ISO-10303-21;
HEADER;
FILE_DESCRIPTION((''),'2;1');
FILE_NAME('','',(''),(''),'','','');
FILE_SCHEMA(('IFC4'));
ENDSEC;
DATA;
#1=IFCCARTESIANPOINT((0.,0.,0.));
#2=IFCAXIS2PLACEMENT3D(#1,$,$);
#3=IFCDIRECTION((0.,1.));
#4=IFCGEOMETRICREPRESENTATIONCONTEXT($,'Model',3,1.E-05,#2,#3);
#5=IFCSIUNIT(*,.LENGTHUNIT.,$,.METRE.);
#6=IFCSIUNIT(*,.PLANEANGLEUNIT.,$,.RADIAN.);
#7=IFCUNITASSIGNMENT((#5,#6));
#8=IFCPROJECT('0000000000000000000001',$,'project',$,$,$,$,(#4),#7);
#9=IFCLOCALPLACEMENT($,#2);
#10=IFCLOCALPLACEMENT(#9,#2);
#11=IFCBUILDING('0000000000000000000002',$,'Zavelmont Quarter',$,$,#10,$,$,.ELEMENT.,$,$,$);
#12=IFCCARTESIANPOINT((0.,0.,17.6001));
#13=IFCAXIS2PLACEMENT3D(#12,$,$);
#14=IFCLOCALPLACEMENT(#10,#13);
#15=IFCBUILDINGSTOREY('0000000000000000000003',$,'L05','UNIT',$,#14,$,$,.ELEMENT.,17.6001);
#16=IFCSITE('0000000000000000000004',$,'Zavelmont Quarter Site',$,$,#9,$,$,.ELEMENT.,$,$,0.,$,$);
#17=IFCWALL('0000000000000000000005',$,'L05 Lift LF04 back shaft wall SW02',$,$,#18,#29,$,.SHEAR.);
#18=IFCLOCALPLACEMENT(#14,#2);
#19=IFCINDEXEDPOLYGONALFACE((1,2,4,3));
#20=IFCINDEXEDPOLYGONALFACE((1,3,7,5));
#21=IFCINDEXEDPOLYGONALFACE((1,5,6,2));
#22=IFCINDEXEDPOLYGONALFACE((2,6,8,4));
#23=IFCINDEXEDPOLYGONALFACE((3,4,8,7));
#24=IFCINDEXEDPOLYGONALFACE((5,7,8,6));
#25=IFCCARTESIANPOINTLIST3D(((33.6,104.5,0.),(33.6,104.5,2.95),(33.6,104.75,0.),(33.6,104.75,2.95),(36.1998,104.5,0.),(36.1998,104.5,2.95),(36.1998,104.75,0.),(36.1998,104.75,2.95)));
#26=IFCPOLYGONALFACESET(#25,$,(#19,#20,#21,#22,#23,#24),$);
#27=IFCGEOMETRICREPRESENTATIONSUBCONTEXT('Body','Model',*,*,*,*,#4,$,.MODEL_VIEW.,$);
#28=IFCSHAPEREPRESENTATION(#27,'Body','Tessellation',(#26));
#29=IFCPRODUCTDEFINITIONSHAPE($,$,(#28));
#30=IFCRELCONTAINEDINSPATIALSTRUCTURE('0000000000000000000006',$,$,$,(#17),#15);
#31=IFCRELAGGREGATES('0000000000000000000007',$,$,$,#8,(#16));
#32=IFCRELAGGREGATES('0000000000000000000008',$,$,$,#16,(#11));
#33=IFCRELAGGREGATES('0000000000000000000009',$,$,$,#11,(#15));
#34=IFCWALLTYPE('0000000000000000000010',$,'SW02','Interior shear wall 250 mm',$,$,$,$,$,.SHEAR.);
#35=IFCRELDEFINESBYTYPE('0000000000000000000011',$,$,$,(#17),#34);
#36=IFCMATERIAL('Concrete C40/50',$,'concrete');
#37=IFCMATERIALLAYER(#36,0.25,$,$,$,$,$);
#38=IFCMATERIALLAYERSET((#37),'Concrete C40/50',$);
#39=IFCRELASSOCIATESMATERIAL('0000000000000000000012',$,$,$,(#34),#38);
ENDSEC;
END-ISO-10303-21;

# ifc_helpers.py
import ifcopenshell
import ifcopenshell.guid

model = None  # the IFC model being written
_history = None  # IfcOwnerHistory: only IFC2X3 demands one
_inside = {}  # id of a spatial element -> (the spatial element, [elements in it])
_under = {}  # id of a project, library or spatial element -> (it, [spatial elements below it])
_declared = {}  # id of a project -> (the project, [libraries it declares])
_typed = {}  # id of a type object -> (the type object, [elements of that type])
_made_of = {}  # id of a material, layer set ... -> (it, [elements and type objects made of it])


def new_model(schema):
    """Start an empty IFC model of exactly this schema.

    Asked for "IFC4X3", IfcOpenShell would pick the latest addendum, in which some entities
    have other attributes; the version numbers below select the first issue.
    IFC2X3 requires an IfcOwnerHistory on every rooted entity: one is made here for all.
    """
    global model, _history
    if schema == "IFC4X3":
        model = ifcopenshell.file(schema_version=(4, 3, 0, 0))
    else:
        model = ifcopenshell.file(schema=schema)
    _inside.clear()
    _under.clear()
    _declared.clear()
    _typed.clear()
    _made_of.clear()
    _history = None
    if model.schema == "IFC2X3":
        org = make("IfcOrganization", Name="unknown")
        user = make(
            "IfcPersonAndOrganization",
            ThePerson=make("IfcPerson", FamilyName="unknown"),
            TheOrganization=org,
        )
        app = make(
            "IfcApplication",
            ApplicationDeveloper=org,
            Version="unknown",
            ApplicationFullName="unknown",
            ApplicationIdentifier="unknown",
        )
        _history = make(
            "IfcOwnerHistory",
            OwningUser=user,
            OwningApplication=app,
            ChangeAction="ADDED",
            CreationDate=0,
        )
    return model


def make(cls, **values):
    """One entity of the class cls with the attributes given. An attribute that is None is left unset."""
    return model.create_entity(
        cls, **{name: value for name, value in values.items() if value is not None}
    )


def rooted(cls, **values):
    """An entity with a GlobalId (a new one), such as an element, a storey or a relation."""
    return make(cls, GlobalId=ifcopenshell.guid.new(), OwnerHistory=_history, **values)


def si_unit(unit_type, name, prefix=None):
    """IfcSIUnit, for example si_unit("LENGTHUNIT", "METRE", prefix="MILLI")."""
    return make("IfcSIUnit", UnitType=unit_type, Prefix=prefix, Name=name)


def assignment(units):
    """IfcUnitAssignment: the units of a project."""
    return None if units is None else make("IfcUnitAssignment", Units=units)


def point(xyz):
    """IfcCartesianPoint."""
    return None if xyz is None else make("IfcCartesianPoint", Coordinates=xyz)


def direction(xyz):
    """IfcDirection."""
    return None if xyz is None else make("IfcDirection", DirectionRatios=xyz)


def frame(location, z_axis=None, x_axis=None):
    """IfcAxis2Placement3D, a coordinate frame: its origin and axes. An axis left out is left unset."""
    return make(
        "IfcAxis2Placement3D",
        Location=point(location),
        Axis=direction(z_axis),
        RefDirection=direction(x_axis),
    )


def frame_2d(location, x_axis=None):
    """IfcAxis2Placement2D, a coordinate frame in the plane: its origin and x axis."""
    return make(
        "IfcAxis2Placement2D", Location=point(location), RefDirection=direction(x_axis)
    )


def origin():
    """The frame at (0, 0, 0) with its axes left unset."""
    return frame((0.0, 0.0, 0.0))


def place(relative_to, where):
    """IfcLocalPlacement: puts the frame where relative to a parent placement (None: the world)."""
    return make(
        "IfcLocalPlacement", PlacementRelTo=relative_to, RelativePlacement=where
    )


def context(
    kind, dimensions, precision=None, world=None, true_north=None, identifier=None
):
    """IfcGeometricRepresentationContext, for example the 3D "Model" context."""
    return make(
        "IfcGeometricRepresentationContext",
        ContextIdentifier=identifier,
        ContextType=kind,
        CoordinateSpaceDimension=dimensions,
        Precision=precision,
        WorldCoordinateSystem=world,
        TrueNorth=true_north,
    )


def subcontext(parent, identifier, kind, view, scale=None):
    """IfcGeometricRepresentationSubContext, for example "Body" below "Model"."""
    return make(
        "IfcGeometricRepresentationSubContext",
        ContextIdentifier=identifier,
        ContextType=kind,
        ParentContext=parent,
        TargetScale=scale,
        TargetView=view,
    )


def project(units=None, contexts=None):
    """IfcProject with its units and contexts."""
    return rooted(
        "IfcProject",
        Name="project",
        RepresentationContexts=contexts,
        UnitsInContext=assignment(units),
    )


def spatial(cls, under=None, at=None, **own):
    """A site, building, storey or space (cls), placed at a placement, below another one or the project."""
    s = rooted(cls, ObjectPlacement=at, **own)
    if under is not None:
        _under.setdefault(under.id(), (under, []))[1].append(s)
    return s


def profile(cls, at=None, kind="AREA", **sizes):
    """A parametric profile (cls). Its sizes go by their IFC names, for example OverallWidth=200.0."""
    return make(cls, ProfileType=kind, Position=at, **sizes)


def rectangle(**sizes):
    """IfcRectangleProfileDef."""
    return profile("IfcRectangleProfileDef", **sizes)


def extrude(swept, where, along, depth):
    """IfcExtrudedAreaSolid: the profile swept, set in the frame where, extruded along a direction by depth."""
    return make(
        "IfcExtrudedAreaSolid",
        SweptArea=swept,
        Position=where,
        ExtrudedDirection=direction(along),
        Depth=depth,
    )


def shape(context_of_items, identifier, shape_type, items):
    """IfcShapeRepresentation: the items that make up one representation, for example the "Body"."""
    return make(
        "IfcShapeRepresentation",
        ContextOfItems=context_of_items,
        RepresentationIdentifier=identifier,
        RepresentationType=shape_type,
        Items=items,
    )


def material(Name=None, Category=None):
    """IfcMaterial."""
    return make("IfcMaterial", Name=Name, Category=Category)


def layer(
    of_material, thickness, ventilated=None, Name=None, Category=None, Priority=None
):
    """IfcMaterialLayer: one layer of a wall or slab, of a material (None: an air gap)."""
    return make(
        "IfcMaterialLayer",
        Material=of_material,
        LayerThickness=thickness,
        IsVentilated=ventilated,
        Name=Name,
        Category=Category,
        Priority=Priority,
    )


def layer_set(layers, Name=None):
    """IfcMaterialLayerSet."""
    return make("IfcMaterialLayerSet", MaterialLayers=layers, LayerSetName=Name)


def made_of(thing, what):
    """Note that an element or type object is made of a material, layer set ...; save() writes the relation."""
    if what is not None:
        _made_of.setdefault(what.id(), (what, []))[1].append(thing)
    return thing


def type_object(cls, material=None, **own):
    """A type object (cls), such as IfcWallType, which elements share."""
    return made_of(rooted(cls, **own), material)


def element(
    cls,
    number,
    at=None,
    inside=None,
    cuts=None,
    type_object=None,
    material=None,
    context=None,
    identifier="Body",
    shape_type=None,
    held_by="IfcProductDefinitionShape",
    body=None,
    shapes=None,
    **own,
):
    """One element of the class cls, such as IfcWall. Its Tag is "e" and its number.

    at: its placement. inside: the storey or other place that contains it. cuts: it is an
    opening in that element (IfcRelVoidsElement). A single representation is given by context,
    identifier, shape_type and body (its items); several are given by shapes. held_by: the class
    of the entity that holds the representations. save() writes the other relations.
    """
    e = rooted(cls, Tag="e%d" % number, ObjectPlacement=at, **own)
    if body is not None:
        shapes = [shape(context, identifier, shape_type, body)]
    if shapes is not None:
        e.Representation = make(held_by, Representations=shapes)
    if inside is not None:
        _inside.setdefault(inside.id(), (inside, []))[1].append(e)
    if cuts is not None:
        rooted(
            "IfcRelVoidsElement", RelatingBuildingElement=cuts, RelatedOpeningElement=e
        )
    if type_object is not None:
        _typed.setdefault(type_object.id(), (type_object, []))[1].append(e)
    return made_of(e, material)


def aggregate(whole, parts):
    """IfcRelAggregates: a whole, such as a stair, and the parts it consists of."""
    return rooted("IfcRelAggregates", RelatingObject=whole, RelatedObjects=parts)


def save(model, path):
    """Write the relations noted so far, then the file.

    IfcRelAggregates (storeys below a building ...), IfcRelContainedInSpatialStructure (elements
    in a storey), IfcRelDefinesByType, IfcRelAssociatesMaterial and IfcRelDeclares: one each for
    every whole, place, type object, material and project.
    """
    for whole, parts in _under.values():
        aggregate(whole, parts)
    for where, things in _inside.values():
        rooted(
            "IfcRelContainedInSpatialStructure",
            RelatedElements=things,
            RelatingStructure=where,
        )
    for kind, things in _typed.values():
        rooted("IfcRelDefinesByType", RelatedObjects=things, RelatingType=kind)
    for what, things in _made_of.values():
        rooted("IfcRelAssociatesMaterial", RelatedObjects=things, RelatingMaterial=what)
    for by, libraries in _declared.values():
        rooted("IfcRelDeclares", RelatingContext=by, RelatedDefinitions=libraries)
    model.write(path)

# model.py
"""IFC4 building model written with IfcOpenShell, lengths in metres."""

from ifc_helpers import new_model, si_unit, direction, frame, frame_2d, origin, place, context, subcontext, project, spatial, rectangle, extrude, material, layer, layer_set, type_object, element, save


model = new_model("IFC4")

# Units and contexts
model_context = context("Model", 3, precision=1e-05, world=origin(), true_north=direction((0.0, 1.0)))
body_context = subcontext(model_context, "Body", "Model", "MODEL_VIEW")
ifc_project = project(units=[si_unit("LENGTHUNIT", "METRE"), si_unit("PLANEANGLEUNIT", "RADIAN")], contexts=[model_context])

# Site, building, storey
site_placement = place(None, origin())
site = spatial("IfcSite", under=ifc_project, at=site_placement, Name="Zavelmont Quarter Site", CompositionType="ELEMENT", RefElevation=0.0)
building_placement = place(site_placement, origin())
building = spatial("IfcBuilding", under=site, at=building_placement, Name="Zavelmont Quarter", CompositionType="ELEMENT")
storey_placement = place(building_placement, frame((0.0, 0.0, 17.6001)))
storey = spatial("IfcBuildingStorey", under=building, at=storey_placement, Name="L05", Description="UNIT", CompositionType="ELEMENT", Elevation=17.6001)

# Shared definitions
ifc_material_1 = material(Name="Concrete C40/50", Category="concrete")

# Wall
ifc_layer_1 = layer(ifc_material_1, 0.25)
ifc_layer_set_1 = layer_set([ifc_layer_1], Name="Concrete C40/50")
wall_type_1 = type_object("IfcWallType", Name="SW02", Description="Interior shear wall 250 mm", PredefinedType="SHEAR", material=ifc_layer_set_1)
wall_1_placement = place(storey_placement, frame((33.6001, 104.625, 0.0), z_axis=(0.0, 0.0, 1.0), x_axis=(1.0, 0.0, 0.0)))
element("IfcWall", 1, at=wall_1_placement, inside=storey, type_object=wall_type_1, Name="L05 Lift LF04 back shaft wall SW02", PredefinedType="SHEAR", context=body_context, shape_type="SweptSolid", body=[
    extrude(rectangle(XDim=2.5999, YDim=0.25, at=frame_2d((1.2998, 0.0))), origin(), (0.0, 0.0, 1.0), 2.95),
])

save(model, "model.ifc")
